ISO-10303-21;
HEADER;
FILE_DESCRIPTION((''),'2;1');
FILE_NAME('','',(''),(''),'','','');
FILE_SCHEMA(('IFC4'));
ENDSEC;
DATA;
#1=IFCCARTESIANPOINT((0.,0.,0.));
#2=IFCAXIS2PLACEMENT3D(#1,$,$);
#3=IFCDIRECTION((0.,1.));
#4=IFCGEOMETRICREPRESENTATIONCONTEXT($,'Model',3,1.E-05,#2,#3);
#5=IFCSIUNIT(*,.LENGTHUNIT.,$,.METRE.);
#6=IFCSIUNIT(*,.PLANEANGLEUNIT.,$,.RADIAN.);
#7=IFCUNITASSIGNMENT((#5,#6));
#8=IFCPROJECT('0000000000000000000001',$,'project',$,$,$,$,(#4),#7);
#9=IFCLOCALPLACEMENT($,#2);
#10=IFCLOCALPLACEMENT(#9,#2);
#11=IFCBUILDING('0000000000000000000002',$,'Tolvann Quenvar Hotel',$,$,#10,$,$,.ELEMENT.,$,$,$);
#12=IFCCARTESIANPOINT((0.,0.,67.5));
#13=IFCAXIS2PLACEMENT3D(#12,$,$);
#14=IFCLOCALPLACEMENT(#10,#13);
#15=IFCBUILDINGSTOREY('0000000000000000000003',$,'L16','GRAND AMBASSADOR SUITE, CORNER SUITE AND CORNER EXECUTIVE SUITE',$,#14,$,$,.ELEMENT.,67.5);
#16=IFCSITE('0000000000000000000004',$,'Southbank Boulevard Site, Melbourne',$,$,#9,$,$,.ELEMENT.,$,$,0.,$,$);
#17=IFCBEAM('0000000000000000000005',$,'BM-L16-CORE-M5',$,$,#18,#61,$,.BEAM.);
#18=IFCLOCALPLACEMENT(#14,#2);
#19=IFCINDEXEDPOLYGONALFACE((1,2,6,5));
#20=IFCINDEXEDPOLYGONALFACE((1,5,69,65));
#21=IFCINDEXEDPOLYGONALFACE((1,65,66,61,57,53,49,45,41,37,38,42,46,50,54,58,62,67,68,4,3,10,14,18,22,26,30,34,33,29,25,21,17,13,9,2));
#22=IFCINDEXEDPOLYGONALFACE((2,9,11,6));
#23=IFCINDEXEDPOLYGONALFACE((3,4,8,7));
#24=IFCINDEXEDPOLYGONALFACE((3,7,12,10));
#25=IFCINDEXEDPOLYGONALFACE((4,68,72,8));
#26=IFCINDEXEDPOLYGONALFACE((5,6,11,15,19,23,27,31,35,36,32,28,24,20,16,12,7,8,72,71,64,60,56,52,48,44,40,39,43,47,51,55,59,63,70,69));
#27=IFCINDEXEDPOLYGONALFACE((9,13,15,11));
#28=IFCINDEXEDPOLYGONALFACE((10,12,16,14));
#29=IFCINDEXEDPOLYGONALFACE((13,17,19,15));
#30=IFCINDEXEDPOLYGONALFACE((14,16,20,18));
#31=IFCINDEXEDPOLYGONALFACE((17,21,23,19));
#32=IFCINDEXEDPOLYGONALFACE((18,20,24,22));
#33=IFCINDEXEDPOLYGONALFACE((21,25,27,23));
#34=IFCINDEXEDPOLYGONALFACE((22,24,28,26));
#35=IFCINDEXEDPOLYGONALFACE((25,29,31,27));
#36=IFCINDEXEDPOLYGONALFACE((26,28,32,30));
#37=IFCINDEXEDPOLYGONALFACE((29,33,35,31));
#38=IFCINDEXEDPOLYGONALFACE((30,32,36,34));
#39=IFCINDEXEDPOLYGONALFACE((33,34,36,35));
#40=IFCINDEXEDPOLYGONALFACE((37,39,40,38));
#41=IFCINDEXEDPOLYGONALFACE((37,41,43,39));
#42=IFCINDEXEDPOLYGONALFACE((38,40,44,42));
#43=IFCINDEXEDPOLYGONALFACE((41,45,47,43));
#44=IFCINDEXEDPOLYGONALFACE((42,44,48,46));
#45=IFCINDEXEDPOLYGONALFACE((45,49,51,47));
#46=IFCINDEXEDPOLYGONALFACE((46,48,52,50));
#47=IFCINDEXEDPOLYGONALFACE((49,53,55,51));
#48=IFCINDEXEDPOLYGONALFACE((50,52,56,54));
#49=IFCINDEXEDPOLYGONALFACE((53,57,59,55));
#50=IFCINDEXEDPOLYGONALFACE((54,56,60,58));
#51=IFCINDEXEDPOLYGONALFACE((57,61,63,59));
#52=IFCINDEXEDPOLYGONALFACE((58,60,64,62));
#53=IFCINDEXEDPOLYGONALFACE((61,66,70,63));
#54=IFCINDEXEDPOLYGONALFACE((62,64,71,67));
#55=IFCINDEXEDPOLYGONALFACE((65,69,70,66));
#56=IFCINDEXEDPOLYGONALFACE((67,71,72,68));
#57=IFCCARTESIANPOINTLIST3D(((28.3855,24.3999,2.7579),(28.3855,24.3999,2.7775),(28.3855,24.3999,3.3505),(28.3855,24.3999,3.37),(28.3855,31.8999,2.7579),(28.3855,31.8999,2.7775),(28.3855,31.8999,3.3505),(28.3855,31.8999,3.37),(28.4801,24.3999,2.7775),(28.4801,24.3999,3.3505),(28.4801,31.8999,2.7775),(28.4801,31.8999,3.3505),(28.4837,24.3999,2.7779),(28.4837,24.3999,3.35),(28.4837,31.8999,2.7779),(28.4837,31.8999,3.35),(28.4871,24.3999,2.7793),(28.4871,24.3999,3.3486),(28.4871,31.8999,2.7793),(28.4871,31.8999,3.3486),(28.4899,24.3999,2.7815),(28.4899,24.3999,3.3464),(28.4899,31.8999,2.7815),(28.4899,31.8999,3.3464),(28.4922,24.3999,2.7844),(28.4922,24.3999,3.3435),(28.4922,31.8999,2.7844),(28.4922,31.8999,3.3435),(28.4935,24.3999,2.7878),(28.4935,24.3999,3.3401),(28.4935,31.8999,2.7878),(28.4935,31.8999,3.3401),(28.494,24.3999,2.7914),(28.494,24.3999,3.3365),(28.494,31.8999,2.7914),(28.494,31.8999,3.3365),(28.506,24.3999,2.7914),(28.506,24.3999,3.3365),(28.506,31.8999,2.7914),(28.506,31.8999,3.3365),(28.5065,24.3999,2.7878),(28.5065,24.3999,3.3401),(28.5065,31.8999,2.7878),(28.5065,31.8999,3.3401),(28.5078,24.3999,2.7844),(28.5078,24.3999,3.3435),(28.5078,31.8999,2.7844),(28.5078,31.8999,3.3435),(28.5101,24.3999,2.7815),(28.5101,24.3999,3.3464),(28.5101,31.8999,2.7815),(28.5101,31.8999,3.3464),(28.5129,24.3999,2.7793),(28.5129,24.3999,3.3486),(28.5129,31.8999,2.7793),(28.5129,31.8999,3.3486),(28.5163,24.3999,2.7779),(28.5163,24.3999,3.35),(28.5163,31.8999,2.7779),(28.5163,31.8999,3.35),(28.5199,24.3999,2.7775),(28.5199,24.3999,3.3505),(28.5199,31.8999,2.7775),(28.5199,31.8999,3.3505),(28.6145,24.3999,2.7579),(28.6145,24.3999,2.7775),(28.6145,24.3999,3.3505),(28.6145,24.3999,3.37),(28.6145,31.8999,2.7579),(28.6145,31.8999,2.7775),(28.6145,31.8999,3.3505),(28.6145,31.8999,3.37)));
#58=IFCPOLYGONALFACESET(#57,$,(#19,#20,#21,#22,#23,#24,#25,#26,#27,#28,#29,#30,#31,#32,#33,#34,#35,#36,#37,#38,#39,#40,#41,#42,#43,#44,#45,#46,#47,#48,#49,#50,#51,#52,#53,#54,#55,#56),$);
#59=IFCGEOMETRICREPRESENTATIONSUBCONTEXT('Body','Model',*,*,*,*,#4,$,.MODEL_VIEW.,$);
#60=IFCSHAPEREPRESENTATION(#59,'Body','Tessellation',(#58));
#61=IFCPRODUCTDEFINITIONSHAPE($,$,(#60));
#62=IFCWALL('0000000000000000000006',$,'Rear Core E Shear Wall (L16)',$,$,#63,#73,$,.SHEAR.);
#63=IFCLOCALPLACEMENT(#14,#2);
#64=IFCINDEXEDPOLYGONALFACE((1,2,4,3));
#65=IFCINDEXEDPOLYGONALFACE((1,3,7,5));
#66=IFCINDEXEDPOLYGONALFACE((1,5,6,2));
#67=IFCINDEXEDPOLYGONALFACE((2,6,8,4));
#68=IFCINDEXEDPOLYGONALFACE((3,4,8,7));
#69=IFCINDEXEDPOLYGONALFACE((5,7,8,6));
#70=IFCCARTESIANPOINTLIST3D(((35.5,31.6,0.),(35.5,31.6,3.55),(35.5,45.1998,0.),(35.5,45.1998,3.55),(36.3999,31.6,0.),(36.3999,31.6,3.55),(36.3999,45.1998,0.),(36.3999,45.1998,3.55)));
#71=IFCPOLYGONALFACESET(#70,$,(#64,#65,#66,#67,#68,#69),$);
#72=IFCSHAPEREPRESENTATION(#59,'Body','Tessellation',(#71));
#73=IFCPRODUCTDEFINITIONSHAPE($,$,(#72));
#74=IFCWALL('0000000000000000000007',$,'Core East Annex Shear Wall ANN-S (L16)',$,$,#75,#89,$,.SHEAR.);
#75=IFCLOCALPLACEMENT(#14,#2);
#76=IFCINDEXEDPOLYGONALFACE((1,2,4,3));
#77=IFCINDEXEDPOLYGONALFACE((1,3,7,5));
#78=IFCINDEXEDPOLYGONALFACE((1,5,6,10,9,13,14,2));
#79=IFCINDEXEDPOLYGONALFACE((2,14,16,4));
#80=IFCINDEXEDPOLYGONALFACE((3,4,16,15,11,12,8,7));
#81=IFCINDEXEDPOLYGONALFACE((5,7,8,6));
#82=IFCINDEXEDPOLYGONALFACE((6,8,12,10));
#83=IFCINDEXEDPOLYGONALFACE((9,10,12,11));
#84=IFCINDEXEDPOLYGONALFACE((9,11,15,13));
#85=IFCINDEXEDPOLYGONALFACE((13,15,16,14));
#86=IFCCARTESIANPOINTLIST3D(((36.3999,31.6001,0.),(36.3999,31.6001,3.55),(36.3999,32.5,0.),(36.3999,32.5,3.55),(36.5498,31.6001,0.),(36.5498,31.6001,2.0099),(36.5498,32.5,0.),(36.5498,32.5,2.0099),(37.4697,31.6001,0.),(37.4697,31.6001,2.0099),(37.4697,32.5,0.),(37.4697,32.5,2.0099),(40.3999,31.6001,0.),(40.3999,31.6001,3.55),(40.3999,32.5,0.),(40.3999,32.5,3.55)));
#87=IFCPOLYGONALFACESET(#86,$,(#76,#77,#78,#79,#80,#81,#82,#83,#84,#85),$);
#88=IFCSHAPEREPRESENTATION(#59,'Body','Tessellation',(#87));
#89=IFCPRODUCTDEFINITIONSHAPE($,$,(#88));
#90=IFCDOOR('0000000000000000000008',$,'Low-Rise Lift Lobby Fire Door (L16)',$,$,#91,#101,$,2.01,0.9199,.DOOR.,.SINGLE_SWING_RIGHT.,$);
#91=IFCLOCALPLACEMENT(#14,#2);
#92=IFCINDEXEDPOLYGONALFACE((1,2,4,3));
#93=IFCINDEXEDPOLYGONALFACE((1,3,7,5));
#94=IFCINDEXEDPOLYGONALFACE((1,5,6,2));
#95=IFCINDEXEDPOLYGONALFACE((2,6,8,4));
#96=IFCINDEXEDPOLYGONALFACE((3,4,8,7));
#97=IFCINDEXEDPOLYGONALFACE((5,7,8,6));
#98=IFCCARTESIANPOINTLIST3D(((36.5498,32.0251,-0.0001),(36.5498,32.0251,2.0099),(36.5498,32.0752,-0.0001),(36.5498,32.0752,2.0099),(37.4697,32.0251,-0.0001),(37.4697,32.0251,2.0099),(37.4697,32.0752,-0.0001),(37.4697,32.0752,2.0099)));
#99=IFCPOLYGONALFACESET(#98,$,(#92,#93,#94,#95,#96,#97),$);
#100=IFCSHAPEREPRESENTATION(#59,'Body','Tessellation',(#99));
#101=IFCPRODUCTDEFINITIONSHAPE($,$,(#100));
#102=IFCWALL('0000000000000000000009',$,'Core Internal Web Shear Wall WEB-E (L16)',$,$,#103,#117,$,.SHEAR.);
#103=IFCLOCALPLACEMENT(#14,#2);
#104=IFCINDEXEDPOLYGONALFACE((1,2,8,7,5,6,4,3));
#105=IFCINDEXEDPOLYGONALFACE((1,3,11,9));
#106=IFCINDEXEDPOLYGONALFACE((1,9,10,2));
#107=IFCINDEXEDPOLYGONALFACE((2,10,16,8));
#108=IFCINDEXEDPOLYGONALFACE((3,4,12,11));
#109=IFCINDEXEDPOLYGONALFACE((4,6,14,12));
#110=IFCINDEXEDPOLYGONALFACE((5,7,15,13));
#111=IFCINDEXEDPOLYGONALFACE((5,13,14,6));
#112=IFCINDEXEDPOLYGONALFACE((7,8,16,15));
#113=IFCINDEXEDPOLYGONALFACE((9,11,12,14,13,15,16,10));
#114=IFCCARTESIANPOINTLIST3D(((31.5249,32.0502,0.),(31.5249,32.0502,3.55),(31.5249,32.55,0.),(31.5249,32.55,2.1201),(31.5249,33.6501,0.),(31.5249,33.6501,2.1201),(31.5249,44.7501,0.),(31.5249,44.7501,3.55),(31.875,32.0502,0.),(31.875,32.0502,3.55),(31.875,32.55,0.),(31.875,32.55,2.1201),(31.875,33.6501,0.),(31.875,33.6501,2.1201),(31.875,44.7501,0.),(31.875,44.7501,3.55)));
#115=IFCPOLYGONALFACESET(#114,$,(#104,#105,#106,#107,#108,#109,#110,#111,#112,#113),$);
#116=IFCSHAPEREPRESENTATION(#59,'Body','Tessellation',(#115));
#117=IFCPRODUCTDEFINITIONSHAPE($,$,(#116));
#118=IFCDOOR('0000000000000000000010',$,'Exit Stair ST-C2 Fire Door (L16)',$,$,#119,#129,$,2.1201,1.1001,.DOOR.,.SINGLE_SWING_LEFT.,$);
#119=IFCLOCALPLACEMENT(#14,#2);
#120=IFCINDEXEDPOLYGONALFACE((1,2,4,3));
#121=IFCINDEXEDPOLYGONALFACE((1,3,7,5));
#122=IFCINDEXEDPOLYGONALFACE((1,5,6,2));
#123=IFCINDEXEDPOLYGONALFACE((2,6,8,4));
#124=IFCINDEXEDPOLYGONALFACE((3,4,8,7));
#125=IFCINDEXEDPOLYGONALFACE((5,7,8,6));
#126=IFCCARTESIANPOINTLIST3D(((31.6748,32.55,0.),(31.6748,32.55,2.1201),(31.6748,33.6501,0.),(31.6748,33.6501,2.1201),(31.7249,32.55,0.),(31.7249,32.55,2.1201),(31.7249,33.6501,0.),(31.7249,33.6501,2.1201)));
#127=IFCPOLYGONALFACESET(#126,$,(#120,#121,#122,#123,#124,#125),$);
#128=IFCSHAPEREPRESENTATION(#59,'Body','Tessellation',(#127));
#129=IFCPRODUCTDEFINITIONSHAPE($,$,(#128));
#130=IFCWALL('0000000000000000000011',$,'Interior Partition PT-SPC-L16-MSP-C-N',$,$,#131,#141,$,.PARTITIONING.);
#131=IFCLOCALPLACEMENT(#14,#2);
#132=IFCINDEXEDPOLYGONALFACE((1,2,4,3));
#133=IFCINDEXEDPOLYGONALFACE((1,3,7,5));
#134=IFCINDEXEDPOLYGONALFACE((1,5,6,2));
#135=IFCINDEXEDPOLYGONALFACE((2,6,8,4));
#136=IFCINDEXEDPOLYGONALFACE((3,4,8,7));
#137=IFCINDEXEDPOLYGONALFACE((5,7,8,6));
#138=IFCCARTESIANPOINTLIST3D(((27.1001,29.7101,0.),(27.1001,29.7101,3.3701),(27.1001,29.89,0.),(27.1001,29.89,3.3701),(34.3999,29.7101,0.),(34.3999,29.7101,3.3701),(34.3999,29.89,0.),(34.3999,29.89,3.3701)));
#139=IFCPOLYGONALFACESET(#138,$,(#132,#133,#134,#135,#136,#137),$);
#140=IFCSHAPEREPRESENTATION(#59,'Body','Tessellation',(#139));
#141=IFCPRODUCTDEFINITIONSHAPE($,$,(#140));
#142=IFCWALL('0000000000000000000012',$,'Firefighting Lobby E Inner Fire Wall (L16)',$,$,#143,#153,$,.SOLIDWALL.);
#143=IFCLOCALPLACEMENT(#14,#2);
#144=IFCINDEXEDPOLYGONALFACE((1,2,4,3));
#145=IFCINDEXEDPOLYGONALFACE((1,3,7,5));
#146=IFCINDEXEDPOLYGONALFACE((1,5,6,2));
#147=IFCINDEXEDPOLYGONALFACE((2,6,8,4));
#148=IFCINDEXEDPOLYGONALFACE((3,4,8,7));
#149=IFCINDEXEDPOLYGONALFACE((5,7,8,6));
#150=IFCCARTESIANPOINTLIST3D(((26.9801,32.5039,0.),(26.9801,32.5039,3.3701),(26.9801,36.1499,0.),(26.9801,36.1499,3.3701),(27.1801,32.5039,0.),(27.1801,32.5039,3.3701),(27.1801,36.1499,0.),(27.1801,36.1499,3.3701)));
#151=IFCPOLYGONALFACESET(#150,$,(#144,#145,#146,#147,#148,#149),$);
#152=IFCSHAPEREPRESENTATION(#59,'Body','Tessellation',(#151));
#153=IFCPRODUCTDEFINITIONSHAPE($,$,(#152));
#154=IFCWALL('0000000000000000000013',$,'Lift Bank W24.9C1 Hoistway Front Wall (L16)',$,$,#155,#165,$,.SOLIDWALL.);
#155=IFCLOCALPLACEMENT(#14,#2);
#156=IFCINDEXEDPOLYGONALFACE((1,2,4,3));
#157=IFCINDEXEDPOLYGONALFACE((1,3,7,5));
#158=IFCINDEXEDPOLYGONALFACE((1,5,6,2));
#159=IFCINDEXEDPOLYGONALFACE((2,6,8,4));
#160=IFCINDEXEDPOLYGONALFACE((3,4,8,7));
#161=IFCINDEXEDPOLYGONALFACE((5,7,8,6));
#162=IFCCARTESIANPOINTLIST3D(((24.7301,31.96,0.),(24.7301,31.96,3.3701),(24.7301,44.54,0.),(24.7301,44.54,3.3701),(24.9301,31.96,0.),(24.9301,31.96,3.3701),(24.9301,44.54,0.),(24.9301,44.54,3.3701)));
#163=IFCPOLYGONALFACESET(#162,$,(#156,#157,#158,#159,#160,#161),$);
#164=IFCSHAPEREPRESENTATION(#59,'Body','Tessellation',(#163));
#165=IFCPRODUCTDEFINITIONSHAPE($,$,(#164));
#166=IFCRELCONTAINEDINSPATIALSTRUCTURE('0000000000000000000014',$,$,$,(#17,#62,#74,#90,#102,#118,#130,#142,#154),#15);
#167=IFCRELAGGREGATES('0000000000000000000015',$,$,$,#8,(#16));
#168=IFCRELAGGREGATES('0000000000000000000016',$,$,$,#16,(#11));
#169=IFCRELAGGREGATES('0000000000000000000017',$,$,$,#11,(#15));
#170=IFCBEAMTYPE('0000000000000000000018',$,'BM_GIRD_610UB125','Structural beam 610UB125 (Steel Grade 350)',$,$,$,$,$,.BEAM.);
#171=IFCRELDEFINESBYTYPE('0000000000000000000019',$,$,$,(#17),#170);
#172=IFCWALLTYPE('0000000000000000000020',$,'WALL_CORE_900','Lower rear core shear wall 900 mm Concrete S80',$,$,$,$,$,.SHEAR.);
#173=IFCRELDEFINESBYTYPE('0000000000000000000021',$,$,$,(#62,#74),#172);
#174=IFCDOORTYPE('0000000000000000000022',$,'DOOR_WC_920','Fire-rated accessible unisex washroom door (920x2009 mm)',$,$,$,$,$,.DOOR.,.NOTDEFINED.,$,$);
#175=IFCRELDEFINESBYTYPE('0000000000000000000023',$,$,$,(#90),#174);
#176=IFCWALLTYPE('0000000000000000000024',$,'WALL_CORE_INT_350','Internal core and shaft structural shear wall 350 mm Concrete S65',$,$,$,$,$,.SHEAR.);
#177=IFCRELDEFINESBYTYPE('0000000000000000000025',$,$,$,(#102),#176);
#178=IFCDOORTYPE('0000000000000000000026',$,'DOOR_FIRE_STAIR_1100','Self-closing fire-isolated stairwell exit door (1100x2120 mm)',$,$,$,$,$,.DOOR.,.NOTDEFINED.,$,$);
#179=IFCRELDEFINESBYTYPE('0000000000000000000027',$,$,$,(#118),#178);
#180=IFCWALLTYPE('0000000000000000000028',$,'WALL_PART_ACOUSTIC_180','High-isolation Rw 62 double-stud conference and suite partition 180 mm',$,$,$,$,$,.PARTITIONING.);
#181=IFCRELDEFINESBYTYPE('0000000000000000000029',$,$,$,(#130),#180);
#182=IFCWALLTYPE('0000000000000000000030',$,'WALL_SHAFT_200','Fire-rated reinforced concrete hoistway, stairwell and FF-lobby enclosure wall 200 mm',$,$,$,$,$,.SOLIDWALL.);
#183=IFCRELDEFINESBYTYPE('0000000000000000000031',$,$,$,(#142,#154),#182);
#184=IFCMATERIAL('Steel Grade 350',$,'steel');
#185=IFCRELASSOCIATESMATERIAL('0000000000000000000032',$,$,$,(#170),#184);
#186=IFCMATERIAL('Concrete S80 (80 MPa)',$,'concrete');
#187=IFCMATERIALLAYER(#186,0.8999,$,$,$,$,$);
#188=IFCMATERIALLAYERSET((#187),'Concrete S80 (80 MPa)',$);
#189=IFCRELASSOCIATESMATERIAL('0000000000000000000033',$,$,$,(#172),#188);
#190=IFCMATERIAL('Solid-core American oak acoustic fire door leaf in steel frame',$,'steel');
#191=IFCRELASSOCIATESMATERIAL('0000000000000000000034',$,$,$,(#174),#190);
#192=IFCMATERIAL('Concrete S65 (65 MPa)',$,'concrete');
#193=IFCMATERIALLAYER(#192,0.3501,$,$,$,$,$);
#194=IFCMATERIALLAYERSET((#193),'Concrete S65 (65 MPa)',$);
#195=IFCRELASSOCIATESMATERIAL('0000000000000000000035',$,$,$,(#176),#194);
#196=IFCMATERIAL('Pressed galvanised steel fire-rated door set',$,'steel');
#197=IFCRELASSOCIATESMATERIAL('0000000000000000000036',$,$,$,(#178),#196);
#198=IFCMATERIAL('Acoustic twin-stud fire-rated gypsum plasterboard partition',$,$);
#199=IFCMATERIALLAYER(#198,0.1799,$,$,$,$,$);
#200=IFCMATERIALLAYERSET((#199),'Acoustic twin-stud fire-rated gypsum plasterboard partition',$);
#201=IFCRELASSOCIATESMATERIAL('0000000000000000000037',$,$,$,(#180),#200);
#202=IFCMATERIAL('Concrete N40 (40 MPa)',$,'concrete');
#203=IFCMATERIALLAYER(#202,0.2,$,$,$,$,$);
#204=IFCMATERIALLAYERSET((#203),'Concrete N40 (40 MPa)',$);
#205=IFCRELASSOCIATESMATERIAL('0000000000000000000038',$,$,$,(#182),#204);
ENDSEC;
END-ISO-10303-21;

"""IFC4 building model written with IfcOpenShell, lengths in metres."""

from ifc_helpers import new_model, si_unit, direction, frame, frame_2d, origin, origin_2d, place, context, subcontext, project, spatial, rectangle, i_section, extrude, source, transform, mapped, material, layer, layer_set, material_profile, profile_set, type_object, type_shapes, element, fill, save


model = new_model("IFC4")

# Units and contexts
model_context = context("Model", 3, precision=1e-05, world=origin(), true_north=direction((0.0, 1.0)))
body_context = subcontext(model_context, "Body", "Model", "MODEL_VIEW")
ifc_project = project(units=[si_unit("LENGTHUNIT", "METRE"), si_unit("PLANEANGLEUNIT", "RADIAN")], contexts=[model_context])

# Site, building, storey
site_placement = place(None, origin())
site = spatial("IfcSite", under=ifc_project, at=site_placement, Name="Southbank Boulevard Site, Melbourne", CompositionType="ELEMENT", RefElevation=0.0)
building_placement = place(site_placement, origin())
building = spatial("IfcBuilding", under=site, at=building_placement, Name="Tolvann Quenvar Hotel", CompositionType="ELEMENT")
storey_placement = place(building_placement, frame((0.0, 0.0, 67.5)))
storey = spatial("IfcBuildingStorey", under=building, at=storey_placement, Name="L16", Description="GRAND AMBASSADOR SUITE, CORNER SUITE AND CORNER EXECUTIVE SUITE", CompositionType="ELEMENT", Elevation=67.5)

# Shared definitions
ifc_material_1 = material(Name="Concrete S65 (65 MPa)", Category="concrete")
ifc_material_2 = material(Name="Steel Grade 350", Category="steel")

# Beam
ifc_material_profile_1 = material_profile(ifc_material_2, i_section(OverallWidth=0.229, OverallDepth=0.6121, WebThickness=0.012, FlangeThickness=0.0195, FilletRadius=0.0139, at=origin_2d()), Name="610UB125")
ifc_profile_set_1 = profile_set([ifc_material_profile_1], Name="Steel Grade 350")
beam_type = type_object("IfcBeamType", Name="BM_GIRD_610UB125", Description="Structural beam 610UB125 (Steel Grade 350)", PredefinedType="BEAM", material=ifc_profile_set_1)
shared_shape_1 = source(origin(), body_context, "Body", "SweptSolid", [
    extrude(i_section(OverallWidth=0.229, OverallDepth=0.6121, WebThickness=0.012, FlangeThickness=0.0195, FilletRadius=0.0139, at=origin_2d()), origin(), (0.0, 0.0, 1.0), 7.5),
])
for number, where, z_axis, x_axis, name in (
    (1, (28.5, 24.3999, 3.064), (0.0, 1.0, 0.0), (-1.0, 0.0, 0.0), "BM-L16-CORE-M5"),
):
    element("IfcBeam", number, at=place(storey_placement, frame(where, z_axis=z_axis, x_axis=x_axis)), inside=storey, type_object=beam_type, Name=name, PredefinedType="BEAM", context=body_context, shape_type="MappedRepresentation", body=[
        mapped(shared_shape_1, transform((0.0, 0.0, 0.0), x_axis=(1.0, 0.0, 0.0), y_axis=(0.0, 1.0, 0.0), z_axis=(0.0, 0.0, 1.0), scale=1.0)),
    ])

# Wall
ifc_material_3 = material(Name="Concrete S80 (80 MPa)", Category="concrete")
ifc_layer_1 = layer(ifc_material_3, 0.8999)
ifc_layer_set_1 = layer_set([ifc_layer_1], Name="Concrete S80 (80 MPa)")
wall_type_1 = type_object("IfcWallType", Name="WALL_CORE_900", Description="Lower rear core shear wall 900 mm Concrete S80", PredefinedType="SHEAR", material=ifc_layer_set_1)
wall_1_placement = place(storey_placement, frame((35.95, 31.6001, 0.0), z_axis=(0.0, 0.0, 1.0), x_axis=(0.0, 1.0, 0.0)))
element("IfcWall", 2, at=wall_1_placement, inside=storey, type_object=wall_type_1, Name="Rear Core E Shear Wall (L16)", PredefinedType="SHEAR", context=body_context, shape_type="SweptSolid", body=[
    extrude(rectangle(XDim=13.5999, YDim=0.8999, at=frame_2d((6.7998, 0.0))), origin(), (0.0, 0.0, 1.0), 3.55),
])

# Walls, openings, doors
wall_2_placement = place(storey_placement, frame((36.3999, 32.05, 0.0), z_axis=(0.0, 0.0, 1.0), x_axis=(1.0, 0.0, 0.0)))
wall_2 = element("IfcWall", 3, at=wall_2_placement, inside=storey, type_object=wall_type_1, Name="Core East Annex Shear Wall ANN-S (L16)", PredefinedType="SHEAR", context=body_context, shape_type="SweptSolid", body=[
    extrude(rectangle(XDim=4.0, YDim=0.8999, at=frame_2d((2.0, 0.0))), origin(), (0.0, 0.0, 1.0), 3.55),
])
opening_1_placement = place(wall_2_placement, frame((1.0698, 0.0, 0.0), z_axis=(0.0, 0.0, 1.0), x_axis=(-1.0, 0.0, 0.0)))
opening_1 = element("IfcOpeningElement", 4, at=opening_1_placement, cuts=wall_2, PredefinedType="OPENING", context=body_context, shape_type="SweptSolid", body=[
    extrude(rectangle(XDim=0.9199, YDim=2.01, at=frame_2d((0.46, 1.0049))), frame((0.0, 0.46, 0.0), z_axis=(0.0, -1.0, 0.0), x_axis=(1.0, 0.0, 0.0)), (0.0, 0.0, 1.0), 0.9199),
])
ifc_material_4 = material(Name="Solid-core American oak acoustic fire door leaf in steel frame", Category="steel")
door_type_1 = type_object("IfcDoorType", Name="DOOR_WC_920", Description="Fire-rated accessible unisex washroom door (920x2009 mm)", OperationType="NOTDEFINED", PredefinedType="DOOR", material=ifc_material_4)
shared_shape_2 = source(origin(), body_context, "Body", "SweptSolid", [
    extrude(rectangle(XDim=0.9199, YDim=2.01, at=frame_2d((0.46, 1.0049))), frame((0.0, 0.0249, 0.0), z_axis=(0.0, -1.0, 0.0), x_axis=(1.0, 0.0, 0.0)), (0.0, 0.0, 1.0), 0.05),
])
type_shapes(door_type_1, [shared_shape_2])
door_1_placement = place(opening_1_placement, origin())
door_1 = element("IfcDoor", 5, at=door_1_placement, inside=storey, type_object=door_type_1, Name="Low-Rise Lift Lobby Fire Door (L16)", OperationType="SINGLE_SWING_RIGHT", OverallHeight=2.01, OverallWidth=0.9199, PredefinedType="DOOR", context=body_context, shape_type="MappedRepresentation", body=[
    mapped(shared_shape_2, transform((0.0, 0.0, 0.0), x_axis=(1.0, 0.0, 0.0), y_axis=(0.0, 1.0, 0.0), z_axis=(0.0, 0.0, 1.0), scale=1.0)),
])
fill(opening_1, door_1)
ifc_layer_2 = layer(ifc_material_1, 0.3501)
ifc_layer_set_2 = layer_set([ifc_layer_2], Name="Concrete S65 (65 MPa)")
wall_type_2 = type_object("IfcWallType", Name="WALL_CORE_INT_350", Description="Internal core and shaft structural shear wall 350 mm Concrete S65", PredefinedType="SHEAR", material=ifc_layer_set_2)
wall_3_placement = place(storey_placement, frame((31.7, 32.05, 0.0), z_axis=(0.0, 0.0, 1.0), x_axis=(0.0, 1.0, 0.0)))
wall_3 = element("IfcWall", 6, at=wall_3_placement, inside=storey, type_object=wall_type_2, Name="Core Internal Web Shear Wall WEB-E (L16)", PredefinedType="SHEAR", context=body_context, shape_type="SweptSolid", body=[
    extrude(rectangle(XDim=12.7, YDim=0.3501, at=frame_2d((6.3501, 0.0))), origin(), (0.0, 0.0, 1.0), 3.55),
])
opening_2_placement = place(wall_3_placement, frame((1.6001, 0.0, 0.0), z_axis=(0.0, 0.0, 1.0), x_axis=(-1.0, 0.0, 0.0)))
opening_2 = element("IfcOpeningElement", 7, at=opening_2_placement, cuts=wall_3, PredefinedType="OPENING", context=body_context, shape_type="SweptSolid", body=[
    extrude(rectangle(XDim=1.1001, YDim=2.1201, at=frame_2d((0.55, 1.0601))), frame((0.0, 0.1851, 0.0), z_axis=(0.0, -1.0, 0.0), x_axis=(1.0, 0.0, 0.0)), (0.0, 0.0, 1.0), 0.3701),
])
ifc_material_5 = material(Name="Pressed galvanised steel fire-rated door set", Category="steel")
door_type_2 = type_object("IfcDoorType", Name="DOOR_FIRE_STAIR_1100", Description="Self-closing fire-isolated stairwell exit door (1100x2120 mm)", OperationType="NOTDEFINED", PredefinedType="DOOR", material=ifc_material_5)
shared_shape_3 = source(origin(), body_context, "Body", "SweptSolid", [
    extrude(rectangle(XDim=1.1001, YDim=2.1201, at=frame_2d((0.55, 1.0601))), frame((0.0, 0.0249, 0.0), z_axis=(0.0, -1.0, 0.0), x_axis=(1.0, 0.0, 0.0)), (0.0, 0.0, 1.0), 0.05),
])
type_shapes(door_type_2, [shared_shape_3])
door_2_placement = place(opening_2_placement, origin())
door_2 = element("IfcDoor", 8, at=door_2_placement, inside=storey, type_object=door_type_2, Name="Exit Stair ST-C2 Fire Door (L16)", OperationType="SINGLE_SWING_LEFT", OverallHeight=2.1201, OverallWidth=1.1001, PredefinedType="DOOR", context=body_context, shape_type="MappedRepresentation", body=[
    mapped(shared_shape_3, transform((0.0, 0.0, 0.0), x_axis=(1.0, 0.0, 0.0), y_axis=(0.0, 1.0, 0.0), z_axis=(0.0, 0.0, 1.0), scale=1.0)),
])
fill(opening_2, door_2)

# Walls
ifc_material_6 = material(Name="Acoustic twin-stud fire-rated gypsum plasterboard partition")
ifc_layer_3 = layer(ifc_material_6, 0.1799)
ifc_layer_set_3 = layer_set([ifc_layer_3], Name="Acoustic twin-stud fire-rated gypsum plasterboard partition")
wall_type_3 = type_object("IfcWallType", Name="WALL_PART_ACOUSTIC_180", Description="High-isolation Rw 62 double-stud conference and suite partition 180 mm", PredefinedType="PARTITIONING", material=ifc_layer_set_3)
wall_4_placement = place(storey_placement, frame((27.1001, 29.8, 0.0), z_axis=(0.0, 0.0, 1.0), x_axis=(1.0, 0.0, 0.0)))
element("IfcWall", 9, at=wall_4_placement, inside=storey, type_object=wall_type_3, Name="Interior Partition PT-SPC-L16-MSP-C-N", PredefinedType="PARTITIONING", context=body_context, shape_type="SweptSolid", body=[
    extrude(rectangle(XDim=7.2998, YDim=0.1799, at=frame_2d((3.6499, 0.0))), origin(), (0.0, 0.0, 1.0), 3.3701),
])
ifc_material_7 = material(Name="Concrete N40 (40 MPa)", Category="concrete")
ifc_layer_4 = layer(ifc_material_7, 0.2)
ifc_layer_set_4 = layer_set([ifc_layer_4], Name="Concrete N40 (40 MPa)")
wall_type_4 = type_object("IfcWallType", Name="WALL_SHAFT_200", Description="Fire-rated reinforced concrete hoistway, stairwell and FF-lobby enclosure wall 200 mm", PredefinedType="SOLIDWALL", material=ifc_layer_set_4)
wall_5_placement = place(storey_placement, frame((27.0801, 32.5039, 0.0), z_axis=(0.0, 0.0, 1.0), x_axis=(0.0, 1.0, 0.0)))
element("IfcWall", 10, at=wall_5_placement, inside=storey, type_object=wall_type_4, Name="Firefighting Lobby E Inner Fire Wall (L16)", PredefinedType="SOLIDWALL", context=body_context, shape_type="SweptSolid", body=[
    extrude(rectangle(XDim=3.646, YDim=0.2, at=frame_2d((1.823, 0.0))), origin(), (0.0, 0.0, 1.0), 3.3701),
])
wall_6_placement = place(storey_placement, frame((24.8301, 31.96, 0.0), z_axis=(0.0, 0.0, 1.0), x_axis=(0.0, 1.0, 0.0)))
element("IfcWall", 11, at=wall_6_placement, inside=storey, type_object=wall_type_4, Name="Lift Bank W24.9C1 Hoistway Front Wall (L16)", PredefinedType="SOLIDWALL", context=body_context, shape_type="SweptSolid", body=[
    extrude(rectangle(XDim=12.5801, YDim=0.2, at=frame_2d((6.29, 0.0))), origin(), (0.0, 0.0, 1.0), 3.3701),
])

save(model, "model.ifc")
